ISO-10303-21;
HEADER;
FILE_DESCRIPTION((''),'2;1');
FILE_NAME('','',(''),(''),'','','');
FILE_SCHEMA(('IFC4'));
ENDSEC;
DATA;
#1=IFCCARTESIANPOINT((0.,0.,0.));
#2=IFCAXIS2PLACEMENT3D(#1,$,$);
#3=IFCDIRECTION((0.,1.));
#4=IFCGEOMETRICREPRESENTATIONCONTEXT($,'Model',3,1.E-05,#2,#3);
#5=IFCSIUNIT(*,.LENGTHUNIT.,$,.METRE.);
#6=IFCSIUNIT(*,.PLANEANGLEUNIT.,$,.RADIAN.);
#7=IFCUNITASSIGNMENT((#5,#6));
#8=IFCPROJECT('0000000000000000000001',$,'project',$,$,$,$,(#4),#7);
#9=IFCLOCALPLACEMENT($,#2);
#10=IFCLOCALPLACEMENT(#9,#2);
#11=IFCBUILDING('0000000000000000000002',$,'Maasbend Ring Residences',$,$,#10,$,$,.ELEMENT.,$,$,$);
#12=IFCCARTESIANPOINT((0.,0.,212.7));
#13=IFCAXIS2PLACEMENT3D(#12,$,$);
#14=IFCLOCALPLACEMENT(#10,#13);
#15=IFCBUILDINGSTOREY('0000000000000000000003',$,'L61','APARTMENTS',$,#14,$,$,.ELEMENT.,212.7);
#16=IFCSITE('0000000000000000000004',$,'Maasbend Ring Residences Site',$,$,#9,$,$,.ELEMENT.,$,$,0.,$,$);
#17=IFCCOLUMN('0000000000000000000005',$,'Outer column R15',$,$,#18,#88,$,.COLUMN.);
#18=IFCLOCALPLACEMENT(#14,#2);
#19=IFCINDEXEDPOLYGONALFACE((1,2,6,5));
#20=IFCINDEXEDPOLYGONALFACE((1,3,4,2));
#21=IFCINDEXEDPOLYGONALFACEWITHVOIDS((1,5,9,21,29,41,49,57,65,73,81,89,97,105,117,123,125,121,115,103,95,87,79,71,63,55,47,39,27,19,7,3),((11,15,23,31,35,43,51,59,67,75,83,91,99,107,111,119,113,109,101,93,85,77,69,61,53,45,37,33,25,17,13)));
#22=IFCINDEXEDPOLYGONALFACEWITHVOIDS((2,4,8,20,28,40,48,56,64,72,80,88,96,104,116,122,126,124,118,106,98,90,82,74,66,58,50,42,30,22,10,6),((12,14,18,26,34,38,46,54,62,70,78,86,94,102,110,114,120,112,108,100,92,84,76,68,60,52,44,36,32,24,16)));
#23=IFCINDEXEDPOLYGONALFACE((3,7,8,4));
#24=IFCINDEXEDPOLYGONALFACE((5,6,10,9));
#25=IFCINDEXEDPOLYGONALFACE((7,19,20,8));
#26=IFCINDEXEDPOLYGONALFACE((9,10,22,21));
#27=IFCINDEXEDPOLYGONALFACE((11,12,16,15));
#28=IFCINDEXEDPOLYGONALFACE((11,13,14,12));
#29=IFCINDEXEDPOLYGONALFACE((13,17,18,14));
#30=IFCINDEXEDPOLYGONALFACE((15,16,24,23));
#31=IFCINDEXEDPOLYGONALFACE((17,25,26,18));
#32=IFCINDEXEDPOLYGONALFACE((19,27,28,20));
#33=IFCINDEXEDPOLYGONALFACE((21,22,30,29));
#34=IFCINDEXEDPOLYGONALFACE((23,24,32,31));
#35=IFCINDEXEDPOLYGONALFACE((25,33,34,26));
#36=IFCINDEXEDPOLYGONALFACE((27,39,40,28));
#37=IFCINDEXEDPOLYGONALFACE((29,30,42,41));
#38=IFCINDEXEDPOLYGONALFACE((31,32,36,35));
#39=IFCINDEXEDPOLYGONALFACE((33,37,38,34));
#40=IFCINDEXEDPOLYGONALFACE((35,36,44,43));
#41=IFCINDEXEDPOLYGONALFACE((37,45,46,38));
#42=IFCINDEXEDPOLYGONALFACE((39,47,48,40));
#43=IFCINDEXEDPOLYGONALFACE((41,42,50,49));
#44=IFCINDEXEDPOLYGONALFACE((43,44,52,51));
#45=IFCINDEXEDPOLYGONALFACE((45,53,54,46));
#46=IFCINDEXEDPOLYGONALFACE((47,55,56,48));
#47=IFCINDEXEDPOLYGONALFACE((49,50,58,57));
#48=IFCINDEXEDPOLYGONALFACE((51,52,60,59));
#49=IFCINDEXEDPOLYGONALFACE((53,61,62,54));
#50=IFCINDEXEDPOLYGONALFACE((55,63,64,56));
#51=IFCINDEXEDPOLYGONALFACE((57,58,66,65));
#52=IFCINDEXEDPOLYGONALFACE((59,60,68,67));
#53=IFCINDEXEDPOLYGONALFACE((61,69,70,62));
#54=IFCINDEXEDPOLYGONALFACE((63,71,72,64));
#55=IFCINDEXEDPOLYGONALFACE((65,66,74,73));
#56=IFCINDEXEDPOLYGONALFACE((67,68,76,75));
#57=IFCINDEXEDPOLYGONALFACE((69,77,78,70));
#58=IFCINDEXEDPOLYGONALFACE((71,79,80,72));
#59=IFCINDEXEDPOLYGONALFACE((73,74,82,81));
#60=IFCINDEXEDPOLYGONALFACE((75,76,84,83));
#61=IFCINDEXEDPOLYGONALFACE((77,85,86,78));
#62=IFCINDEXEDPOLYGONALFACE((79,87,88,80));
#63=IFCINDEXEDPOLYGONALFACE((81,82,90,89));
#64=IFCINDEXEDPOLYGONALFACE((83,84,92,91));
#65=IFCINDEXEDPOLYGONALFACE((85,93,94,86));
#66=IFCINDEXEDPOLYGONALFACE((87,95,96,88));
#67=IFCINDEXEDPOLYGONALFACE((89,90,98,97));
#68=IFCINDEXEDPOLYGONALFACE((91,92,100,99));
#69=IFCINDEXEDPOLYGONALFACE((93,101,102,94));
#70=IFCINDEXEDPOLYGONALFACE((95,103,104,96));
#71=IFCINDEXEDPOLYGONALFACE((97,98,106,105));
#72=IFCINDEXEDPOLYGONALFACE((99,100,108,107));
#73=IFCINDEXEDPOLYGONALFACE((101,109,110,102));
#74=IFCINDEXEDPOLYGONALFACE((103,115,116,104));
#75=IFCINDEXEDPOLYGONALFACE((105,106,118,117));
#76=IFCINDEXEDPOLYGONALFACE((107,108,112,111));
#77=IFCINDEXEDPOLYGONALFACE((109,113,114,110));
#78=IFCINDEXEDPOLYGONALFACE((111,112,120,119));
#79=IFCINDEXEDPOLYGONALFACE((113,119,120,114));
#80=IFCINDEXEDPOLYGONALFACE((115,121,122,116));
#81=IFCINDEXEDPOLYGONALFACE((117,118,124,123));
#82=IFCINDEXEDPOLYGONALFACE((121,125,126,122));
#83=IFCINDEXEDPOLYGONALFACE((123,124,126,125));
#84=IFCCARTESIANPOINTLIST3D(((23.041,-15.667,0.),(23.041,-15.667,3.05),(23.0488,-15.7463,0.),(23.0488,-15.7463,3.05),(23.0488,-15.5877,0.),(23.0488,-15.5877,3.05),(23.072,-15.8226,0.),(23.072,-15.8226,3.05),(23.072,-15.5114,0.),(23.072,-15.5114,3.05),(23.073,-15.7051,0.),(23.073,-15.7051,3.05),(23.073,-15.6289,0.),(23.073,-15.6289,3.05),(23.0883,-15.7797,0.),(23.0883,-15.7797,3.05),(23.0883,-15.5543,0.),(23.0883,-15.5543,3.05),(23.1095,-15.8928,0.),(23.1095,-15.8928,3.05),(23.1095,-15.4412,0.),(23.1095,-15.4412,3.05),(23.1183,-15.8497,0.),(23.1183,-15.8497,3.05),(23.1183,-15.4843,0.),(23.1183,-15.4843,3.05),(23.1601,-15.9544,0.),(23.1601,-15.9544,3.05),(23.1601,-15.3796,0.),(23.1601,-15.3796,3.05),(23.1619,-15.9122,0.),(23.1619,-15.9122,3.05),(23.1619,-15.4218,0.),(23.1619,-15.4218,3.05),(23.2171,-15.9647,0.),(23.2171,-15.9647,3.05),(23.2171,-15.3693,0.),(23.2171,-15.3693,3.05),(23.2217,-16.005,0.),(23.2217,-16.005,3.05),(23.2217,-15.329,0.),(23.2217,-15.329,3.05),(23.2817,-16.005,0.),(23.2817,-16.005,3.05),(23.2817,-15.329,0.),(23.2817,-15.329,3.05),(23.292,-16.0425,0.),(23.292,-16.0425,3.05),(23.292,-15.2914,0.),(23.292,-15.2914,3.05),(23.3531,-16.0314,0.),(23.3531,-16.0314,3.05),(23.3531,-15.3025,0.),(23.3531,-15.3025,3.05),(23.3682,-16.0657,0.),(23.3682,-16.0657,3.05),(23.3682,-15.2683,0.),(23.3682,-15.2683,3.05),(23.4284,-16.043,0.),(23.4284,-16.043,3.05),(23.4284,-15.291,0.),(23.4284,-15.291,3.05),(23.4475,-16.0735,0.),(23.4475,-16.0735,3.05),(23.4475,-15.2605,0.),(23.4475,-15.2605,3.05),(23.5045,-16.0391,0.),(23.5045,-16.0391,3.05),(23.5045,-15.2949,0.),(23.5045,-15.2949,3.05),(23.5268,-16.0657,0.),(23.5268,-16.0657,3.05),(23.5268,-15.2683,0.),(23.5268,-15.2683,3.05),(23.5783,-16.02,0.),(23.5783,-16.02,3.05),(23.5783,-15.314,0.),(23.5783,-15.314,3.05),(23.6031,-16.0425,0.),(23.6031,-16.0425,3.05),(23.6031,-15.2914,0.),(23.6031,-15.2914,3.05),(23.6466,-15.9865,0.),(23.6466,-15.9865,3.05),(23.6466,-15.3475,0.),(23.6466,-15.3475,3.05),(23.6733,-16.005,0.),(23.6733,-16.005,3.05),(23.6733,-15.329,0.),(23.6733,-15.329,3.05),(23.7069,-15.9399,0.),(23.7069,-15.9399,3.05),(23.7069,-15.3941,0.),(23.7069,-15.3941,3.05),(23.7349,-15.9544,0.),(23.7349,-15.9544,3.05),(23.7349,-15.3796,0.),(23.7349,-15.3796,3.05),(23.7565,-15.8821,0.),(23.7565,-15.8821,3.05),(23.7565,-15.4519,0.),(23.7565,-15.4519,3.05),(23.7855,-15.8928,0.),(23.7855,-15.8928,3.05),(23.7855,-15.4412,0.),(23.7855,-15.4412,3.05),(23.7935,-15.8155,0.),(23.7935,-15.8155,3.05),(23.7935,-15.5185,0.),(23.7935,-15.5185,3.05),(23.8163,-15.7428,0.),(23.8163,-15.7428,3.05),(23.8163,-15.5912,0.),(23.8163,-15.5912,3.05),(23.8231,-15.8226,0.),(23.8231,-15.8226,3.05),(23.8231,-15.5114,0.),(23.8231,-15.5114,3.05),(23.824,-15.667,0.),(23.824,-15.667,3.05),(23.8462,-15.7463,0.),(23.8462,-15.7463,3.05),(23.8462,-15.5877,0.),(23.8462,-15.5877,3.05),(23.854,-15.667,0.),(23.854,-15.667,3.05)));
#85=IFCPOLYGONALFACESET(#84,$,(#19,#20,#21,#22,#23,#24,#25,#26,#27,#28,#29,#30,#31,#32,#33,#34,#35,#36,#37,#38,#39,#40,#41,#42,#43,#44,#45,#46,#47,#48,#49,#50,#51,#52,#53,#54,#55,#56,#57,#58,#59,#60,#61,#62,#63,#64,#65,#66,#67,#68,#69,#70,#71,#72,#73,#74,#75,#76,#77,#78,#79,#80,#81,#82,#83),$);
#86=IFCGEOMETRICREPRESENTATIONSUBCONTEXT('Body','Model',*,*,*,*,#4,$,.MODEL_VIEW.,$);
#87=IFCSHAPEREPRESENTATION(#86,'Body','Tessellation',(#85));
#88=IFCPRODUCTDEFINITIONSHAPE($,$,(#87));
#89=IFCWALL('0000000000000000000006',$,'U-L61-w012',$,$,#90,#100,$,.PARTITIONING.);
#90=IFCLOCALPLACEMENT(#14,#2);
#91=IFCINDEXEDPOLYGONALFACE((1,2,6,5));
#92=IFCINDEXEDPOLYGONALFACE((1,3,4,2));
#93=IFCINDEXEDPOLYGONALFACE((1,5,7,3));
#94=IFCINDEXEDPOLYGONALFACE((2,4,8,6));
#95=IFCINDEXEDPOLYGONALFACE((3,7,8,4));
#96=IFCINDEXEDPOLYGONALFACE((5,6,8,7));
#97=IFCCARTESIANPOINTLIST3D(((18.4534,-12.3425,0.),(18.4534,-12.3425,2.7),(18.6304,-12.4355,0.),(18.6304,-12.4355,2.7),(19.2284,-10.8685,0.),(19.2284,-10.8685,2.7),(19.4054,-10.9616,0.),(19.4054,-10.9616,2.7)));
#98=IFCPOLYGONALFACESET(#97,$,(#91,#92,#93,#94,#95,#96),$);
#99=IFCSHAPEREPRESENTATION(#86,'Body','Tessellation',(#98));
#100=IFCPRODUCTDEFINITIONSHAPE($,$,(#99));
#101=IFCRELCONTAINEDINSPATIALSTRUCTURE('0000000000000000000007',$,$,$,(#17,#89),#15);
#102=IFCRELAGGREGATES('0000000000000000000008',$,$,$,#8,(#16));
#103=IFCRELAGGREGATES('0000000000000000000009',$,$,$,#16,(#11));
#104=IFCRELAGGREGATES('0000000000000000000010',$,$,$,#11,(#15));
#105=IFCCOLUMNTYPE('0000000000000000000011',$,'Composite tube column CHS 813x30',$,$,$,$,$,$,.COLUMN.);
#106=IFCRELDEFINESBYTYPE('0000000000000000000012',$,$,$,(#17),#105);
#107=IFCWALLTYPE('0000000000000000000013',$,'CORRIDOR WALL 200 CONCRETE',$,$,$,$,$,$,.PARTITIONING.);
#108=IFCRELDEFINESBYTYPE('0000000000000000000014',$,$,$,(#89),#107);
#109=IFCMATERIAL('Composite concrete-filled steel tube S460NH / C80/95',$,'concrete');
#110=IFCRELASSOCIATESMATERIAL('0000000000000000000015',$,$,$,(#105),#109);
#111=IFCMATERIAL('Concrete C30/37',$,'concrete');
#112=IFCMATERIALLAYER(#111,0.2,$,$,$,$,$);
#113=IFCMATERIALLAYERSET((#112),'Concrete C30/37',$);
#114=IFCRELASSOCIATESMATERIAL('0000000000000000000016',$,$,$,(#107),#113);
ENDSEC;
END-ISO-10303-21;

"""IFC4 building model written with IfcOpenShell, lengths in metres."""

from ifc_helpers import new_model, si_unit, direction, frame, frame_2d, origin, origin_2d, place, context, subcontext, project, spatial, rectangle, hollow_circle, extrude, material, layer, layer_set, material_profile, profile_set, type_object, element, save


model = new_model("IFC4")

# Units and contexts
model_context = context("Model", 3, precision=1e-05, world=origin(), true_north=direction((0.0, 1.0)))
body_context = subcontext(model_context, "Body", "Model", "MODEL_VIEW")
ifc_project = project(units=[si_unit("LENGTHUNIT", "METRE"), si_unit("PLANEANGLEUNIT", "RADIAN")], contexts=[model_context])

# Site, building, storey
site_placement = place(None, origin())
site = spatial("IfcSite", under=ifc_project, at=site_placement, Name="Maasbend Ring Residences Site", CompositionType="ELEMENT", RefElevation=0.0)
building_placement = place(site_placement, origin())
building = spatial("IfcBuilding", under=site, at=building_placement, Name="Maasbend Ring Residences", CompositionType="ELEMENT")
storey_placement = place(building_placement, frame((0.0, 0.0, 212.7)))
storey = spatial("IfcBuildingStorey", under=building, at=storey_placement, Name="L61", Description="APARTMENTS", CompositionType="ELEMENT", Elevation=212.7)

# Column
ifc_material_1 = material(Name="Composite concrete-filled steel tube S460NH / C80/95", Category="concrete")
ifc_material_profile = material_profile(ifc_material_1, hollow_circle(Radius=0.4065, WallThickness=0.03, at=origin_2d()), Name="Composite tube column CHS 813x30")
ifc_profile_set = profile_set([ifc_material_profile], Name="Composite concrete-filled steel tube S460NH / C80/95")
column_type = type_object("IfcColumnType", Name="Composite tube column CHS 813x30", PredefinedType="COLUMN", material=ifc_profile_set)
column_placement = place(storey_placement, frame((23.4475, -15.667, 0.0), z_axis=(0.0, 0.0, 1.0), x_axis=(1.0, 0.0, 0.0)))
element("IfcColumn", 1, at=column_placement, inside=storey, type_object=column_type, Name="Outer column R15", PredefinedType="COLUMN", context=body_context, shape_type="SweptSolid", body=[
    extrude(hollow_circle(Radius=0.4065, WallThickness=0.03, at=origin_2d()), origin(), (0.0, 0.0, 1.0), 3.05),
])

# Wall
ifc_material_2 = material(Name="Concrete C30/37", Category="concrete")
ifc_layer_1 = layer(ifc_material_2, 0.2)
ifc_layer_set_1 = layer_set([ifc_layer_1], Name="Concrete C30/37")
wall_type_1 = type_object("IfcWallType", Name="CORRIDOR WALL 200 CONCRETE", PredefinedType="PARTITIONING", material=ifc_layer_set_1)
wall_1_placement = place(storey_placement, frame((18.542, -12.3889, 0.0), z_axis=(0.0, 0.0, 1.0), x_axis=(0.46536, 0.885122, 0.0)))
element("IfcWall", 2, at=wall_1_placement, inside=storey, type_object=wall_type_1, Name="U-L61-w012", PredefinedType="PARTITIONING", context=body_context, shape_type="SweptSolid", body=[
    extrude(rectangle(XDim=1.6653, YDim=0.2, at=frame_2d((0.8325, 0.0))), origin(), (0.0, 0.0, 1.0), 2.7),
])

save(model, "model.ifc")
